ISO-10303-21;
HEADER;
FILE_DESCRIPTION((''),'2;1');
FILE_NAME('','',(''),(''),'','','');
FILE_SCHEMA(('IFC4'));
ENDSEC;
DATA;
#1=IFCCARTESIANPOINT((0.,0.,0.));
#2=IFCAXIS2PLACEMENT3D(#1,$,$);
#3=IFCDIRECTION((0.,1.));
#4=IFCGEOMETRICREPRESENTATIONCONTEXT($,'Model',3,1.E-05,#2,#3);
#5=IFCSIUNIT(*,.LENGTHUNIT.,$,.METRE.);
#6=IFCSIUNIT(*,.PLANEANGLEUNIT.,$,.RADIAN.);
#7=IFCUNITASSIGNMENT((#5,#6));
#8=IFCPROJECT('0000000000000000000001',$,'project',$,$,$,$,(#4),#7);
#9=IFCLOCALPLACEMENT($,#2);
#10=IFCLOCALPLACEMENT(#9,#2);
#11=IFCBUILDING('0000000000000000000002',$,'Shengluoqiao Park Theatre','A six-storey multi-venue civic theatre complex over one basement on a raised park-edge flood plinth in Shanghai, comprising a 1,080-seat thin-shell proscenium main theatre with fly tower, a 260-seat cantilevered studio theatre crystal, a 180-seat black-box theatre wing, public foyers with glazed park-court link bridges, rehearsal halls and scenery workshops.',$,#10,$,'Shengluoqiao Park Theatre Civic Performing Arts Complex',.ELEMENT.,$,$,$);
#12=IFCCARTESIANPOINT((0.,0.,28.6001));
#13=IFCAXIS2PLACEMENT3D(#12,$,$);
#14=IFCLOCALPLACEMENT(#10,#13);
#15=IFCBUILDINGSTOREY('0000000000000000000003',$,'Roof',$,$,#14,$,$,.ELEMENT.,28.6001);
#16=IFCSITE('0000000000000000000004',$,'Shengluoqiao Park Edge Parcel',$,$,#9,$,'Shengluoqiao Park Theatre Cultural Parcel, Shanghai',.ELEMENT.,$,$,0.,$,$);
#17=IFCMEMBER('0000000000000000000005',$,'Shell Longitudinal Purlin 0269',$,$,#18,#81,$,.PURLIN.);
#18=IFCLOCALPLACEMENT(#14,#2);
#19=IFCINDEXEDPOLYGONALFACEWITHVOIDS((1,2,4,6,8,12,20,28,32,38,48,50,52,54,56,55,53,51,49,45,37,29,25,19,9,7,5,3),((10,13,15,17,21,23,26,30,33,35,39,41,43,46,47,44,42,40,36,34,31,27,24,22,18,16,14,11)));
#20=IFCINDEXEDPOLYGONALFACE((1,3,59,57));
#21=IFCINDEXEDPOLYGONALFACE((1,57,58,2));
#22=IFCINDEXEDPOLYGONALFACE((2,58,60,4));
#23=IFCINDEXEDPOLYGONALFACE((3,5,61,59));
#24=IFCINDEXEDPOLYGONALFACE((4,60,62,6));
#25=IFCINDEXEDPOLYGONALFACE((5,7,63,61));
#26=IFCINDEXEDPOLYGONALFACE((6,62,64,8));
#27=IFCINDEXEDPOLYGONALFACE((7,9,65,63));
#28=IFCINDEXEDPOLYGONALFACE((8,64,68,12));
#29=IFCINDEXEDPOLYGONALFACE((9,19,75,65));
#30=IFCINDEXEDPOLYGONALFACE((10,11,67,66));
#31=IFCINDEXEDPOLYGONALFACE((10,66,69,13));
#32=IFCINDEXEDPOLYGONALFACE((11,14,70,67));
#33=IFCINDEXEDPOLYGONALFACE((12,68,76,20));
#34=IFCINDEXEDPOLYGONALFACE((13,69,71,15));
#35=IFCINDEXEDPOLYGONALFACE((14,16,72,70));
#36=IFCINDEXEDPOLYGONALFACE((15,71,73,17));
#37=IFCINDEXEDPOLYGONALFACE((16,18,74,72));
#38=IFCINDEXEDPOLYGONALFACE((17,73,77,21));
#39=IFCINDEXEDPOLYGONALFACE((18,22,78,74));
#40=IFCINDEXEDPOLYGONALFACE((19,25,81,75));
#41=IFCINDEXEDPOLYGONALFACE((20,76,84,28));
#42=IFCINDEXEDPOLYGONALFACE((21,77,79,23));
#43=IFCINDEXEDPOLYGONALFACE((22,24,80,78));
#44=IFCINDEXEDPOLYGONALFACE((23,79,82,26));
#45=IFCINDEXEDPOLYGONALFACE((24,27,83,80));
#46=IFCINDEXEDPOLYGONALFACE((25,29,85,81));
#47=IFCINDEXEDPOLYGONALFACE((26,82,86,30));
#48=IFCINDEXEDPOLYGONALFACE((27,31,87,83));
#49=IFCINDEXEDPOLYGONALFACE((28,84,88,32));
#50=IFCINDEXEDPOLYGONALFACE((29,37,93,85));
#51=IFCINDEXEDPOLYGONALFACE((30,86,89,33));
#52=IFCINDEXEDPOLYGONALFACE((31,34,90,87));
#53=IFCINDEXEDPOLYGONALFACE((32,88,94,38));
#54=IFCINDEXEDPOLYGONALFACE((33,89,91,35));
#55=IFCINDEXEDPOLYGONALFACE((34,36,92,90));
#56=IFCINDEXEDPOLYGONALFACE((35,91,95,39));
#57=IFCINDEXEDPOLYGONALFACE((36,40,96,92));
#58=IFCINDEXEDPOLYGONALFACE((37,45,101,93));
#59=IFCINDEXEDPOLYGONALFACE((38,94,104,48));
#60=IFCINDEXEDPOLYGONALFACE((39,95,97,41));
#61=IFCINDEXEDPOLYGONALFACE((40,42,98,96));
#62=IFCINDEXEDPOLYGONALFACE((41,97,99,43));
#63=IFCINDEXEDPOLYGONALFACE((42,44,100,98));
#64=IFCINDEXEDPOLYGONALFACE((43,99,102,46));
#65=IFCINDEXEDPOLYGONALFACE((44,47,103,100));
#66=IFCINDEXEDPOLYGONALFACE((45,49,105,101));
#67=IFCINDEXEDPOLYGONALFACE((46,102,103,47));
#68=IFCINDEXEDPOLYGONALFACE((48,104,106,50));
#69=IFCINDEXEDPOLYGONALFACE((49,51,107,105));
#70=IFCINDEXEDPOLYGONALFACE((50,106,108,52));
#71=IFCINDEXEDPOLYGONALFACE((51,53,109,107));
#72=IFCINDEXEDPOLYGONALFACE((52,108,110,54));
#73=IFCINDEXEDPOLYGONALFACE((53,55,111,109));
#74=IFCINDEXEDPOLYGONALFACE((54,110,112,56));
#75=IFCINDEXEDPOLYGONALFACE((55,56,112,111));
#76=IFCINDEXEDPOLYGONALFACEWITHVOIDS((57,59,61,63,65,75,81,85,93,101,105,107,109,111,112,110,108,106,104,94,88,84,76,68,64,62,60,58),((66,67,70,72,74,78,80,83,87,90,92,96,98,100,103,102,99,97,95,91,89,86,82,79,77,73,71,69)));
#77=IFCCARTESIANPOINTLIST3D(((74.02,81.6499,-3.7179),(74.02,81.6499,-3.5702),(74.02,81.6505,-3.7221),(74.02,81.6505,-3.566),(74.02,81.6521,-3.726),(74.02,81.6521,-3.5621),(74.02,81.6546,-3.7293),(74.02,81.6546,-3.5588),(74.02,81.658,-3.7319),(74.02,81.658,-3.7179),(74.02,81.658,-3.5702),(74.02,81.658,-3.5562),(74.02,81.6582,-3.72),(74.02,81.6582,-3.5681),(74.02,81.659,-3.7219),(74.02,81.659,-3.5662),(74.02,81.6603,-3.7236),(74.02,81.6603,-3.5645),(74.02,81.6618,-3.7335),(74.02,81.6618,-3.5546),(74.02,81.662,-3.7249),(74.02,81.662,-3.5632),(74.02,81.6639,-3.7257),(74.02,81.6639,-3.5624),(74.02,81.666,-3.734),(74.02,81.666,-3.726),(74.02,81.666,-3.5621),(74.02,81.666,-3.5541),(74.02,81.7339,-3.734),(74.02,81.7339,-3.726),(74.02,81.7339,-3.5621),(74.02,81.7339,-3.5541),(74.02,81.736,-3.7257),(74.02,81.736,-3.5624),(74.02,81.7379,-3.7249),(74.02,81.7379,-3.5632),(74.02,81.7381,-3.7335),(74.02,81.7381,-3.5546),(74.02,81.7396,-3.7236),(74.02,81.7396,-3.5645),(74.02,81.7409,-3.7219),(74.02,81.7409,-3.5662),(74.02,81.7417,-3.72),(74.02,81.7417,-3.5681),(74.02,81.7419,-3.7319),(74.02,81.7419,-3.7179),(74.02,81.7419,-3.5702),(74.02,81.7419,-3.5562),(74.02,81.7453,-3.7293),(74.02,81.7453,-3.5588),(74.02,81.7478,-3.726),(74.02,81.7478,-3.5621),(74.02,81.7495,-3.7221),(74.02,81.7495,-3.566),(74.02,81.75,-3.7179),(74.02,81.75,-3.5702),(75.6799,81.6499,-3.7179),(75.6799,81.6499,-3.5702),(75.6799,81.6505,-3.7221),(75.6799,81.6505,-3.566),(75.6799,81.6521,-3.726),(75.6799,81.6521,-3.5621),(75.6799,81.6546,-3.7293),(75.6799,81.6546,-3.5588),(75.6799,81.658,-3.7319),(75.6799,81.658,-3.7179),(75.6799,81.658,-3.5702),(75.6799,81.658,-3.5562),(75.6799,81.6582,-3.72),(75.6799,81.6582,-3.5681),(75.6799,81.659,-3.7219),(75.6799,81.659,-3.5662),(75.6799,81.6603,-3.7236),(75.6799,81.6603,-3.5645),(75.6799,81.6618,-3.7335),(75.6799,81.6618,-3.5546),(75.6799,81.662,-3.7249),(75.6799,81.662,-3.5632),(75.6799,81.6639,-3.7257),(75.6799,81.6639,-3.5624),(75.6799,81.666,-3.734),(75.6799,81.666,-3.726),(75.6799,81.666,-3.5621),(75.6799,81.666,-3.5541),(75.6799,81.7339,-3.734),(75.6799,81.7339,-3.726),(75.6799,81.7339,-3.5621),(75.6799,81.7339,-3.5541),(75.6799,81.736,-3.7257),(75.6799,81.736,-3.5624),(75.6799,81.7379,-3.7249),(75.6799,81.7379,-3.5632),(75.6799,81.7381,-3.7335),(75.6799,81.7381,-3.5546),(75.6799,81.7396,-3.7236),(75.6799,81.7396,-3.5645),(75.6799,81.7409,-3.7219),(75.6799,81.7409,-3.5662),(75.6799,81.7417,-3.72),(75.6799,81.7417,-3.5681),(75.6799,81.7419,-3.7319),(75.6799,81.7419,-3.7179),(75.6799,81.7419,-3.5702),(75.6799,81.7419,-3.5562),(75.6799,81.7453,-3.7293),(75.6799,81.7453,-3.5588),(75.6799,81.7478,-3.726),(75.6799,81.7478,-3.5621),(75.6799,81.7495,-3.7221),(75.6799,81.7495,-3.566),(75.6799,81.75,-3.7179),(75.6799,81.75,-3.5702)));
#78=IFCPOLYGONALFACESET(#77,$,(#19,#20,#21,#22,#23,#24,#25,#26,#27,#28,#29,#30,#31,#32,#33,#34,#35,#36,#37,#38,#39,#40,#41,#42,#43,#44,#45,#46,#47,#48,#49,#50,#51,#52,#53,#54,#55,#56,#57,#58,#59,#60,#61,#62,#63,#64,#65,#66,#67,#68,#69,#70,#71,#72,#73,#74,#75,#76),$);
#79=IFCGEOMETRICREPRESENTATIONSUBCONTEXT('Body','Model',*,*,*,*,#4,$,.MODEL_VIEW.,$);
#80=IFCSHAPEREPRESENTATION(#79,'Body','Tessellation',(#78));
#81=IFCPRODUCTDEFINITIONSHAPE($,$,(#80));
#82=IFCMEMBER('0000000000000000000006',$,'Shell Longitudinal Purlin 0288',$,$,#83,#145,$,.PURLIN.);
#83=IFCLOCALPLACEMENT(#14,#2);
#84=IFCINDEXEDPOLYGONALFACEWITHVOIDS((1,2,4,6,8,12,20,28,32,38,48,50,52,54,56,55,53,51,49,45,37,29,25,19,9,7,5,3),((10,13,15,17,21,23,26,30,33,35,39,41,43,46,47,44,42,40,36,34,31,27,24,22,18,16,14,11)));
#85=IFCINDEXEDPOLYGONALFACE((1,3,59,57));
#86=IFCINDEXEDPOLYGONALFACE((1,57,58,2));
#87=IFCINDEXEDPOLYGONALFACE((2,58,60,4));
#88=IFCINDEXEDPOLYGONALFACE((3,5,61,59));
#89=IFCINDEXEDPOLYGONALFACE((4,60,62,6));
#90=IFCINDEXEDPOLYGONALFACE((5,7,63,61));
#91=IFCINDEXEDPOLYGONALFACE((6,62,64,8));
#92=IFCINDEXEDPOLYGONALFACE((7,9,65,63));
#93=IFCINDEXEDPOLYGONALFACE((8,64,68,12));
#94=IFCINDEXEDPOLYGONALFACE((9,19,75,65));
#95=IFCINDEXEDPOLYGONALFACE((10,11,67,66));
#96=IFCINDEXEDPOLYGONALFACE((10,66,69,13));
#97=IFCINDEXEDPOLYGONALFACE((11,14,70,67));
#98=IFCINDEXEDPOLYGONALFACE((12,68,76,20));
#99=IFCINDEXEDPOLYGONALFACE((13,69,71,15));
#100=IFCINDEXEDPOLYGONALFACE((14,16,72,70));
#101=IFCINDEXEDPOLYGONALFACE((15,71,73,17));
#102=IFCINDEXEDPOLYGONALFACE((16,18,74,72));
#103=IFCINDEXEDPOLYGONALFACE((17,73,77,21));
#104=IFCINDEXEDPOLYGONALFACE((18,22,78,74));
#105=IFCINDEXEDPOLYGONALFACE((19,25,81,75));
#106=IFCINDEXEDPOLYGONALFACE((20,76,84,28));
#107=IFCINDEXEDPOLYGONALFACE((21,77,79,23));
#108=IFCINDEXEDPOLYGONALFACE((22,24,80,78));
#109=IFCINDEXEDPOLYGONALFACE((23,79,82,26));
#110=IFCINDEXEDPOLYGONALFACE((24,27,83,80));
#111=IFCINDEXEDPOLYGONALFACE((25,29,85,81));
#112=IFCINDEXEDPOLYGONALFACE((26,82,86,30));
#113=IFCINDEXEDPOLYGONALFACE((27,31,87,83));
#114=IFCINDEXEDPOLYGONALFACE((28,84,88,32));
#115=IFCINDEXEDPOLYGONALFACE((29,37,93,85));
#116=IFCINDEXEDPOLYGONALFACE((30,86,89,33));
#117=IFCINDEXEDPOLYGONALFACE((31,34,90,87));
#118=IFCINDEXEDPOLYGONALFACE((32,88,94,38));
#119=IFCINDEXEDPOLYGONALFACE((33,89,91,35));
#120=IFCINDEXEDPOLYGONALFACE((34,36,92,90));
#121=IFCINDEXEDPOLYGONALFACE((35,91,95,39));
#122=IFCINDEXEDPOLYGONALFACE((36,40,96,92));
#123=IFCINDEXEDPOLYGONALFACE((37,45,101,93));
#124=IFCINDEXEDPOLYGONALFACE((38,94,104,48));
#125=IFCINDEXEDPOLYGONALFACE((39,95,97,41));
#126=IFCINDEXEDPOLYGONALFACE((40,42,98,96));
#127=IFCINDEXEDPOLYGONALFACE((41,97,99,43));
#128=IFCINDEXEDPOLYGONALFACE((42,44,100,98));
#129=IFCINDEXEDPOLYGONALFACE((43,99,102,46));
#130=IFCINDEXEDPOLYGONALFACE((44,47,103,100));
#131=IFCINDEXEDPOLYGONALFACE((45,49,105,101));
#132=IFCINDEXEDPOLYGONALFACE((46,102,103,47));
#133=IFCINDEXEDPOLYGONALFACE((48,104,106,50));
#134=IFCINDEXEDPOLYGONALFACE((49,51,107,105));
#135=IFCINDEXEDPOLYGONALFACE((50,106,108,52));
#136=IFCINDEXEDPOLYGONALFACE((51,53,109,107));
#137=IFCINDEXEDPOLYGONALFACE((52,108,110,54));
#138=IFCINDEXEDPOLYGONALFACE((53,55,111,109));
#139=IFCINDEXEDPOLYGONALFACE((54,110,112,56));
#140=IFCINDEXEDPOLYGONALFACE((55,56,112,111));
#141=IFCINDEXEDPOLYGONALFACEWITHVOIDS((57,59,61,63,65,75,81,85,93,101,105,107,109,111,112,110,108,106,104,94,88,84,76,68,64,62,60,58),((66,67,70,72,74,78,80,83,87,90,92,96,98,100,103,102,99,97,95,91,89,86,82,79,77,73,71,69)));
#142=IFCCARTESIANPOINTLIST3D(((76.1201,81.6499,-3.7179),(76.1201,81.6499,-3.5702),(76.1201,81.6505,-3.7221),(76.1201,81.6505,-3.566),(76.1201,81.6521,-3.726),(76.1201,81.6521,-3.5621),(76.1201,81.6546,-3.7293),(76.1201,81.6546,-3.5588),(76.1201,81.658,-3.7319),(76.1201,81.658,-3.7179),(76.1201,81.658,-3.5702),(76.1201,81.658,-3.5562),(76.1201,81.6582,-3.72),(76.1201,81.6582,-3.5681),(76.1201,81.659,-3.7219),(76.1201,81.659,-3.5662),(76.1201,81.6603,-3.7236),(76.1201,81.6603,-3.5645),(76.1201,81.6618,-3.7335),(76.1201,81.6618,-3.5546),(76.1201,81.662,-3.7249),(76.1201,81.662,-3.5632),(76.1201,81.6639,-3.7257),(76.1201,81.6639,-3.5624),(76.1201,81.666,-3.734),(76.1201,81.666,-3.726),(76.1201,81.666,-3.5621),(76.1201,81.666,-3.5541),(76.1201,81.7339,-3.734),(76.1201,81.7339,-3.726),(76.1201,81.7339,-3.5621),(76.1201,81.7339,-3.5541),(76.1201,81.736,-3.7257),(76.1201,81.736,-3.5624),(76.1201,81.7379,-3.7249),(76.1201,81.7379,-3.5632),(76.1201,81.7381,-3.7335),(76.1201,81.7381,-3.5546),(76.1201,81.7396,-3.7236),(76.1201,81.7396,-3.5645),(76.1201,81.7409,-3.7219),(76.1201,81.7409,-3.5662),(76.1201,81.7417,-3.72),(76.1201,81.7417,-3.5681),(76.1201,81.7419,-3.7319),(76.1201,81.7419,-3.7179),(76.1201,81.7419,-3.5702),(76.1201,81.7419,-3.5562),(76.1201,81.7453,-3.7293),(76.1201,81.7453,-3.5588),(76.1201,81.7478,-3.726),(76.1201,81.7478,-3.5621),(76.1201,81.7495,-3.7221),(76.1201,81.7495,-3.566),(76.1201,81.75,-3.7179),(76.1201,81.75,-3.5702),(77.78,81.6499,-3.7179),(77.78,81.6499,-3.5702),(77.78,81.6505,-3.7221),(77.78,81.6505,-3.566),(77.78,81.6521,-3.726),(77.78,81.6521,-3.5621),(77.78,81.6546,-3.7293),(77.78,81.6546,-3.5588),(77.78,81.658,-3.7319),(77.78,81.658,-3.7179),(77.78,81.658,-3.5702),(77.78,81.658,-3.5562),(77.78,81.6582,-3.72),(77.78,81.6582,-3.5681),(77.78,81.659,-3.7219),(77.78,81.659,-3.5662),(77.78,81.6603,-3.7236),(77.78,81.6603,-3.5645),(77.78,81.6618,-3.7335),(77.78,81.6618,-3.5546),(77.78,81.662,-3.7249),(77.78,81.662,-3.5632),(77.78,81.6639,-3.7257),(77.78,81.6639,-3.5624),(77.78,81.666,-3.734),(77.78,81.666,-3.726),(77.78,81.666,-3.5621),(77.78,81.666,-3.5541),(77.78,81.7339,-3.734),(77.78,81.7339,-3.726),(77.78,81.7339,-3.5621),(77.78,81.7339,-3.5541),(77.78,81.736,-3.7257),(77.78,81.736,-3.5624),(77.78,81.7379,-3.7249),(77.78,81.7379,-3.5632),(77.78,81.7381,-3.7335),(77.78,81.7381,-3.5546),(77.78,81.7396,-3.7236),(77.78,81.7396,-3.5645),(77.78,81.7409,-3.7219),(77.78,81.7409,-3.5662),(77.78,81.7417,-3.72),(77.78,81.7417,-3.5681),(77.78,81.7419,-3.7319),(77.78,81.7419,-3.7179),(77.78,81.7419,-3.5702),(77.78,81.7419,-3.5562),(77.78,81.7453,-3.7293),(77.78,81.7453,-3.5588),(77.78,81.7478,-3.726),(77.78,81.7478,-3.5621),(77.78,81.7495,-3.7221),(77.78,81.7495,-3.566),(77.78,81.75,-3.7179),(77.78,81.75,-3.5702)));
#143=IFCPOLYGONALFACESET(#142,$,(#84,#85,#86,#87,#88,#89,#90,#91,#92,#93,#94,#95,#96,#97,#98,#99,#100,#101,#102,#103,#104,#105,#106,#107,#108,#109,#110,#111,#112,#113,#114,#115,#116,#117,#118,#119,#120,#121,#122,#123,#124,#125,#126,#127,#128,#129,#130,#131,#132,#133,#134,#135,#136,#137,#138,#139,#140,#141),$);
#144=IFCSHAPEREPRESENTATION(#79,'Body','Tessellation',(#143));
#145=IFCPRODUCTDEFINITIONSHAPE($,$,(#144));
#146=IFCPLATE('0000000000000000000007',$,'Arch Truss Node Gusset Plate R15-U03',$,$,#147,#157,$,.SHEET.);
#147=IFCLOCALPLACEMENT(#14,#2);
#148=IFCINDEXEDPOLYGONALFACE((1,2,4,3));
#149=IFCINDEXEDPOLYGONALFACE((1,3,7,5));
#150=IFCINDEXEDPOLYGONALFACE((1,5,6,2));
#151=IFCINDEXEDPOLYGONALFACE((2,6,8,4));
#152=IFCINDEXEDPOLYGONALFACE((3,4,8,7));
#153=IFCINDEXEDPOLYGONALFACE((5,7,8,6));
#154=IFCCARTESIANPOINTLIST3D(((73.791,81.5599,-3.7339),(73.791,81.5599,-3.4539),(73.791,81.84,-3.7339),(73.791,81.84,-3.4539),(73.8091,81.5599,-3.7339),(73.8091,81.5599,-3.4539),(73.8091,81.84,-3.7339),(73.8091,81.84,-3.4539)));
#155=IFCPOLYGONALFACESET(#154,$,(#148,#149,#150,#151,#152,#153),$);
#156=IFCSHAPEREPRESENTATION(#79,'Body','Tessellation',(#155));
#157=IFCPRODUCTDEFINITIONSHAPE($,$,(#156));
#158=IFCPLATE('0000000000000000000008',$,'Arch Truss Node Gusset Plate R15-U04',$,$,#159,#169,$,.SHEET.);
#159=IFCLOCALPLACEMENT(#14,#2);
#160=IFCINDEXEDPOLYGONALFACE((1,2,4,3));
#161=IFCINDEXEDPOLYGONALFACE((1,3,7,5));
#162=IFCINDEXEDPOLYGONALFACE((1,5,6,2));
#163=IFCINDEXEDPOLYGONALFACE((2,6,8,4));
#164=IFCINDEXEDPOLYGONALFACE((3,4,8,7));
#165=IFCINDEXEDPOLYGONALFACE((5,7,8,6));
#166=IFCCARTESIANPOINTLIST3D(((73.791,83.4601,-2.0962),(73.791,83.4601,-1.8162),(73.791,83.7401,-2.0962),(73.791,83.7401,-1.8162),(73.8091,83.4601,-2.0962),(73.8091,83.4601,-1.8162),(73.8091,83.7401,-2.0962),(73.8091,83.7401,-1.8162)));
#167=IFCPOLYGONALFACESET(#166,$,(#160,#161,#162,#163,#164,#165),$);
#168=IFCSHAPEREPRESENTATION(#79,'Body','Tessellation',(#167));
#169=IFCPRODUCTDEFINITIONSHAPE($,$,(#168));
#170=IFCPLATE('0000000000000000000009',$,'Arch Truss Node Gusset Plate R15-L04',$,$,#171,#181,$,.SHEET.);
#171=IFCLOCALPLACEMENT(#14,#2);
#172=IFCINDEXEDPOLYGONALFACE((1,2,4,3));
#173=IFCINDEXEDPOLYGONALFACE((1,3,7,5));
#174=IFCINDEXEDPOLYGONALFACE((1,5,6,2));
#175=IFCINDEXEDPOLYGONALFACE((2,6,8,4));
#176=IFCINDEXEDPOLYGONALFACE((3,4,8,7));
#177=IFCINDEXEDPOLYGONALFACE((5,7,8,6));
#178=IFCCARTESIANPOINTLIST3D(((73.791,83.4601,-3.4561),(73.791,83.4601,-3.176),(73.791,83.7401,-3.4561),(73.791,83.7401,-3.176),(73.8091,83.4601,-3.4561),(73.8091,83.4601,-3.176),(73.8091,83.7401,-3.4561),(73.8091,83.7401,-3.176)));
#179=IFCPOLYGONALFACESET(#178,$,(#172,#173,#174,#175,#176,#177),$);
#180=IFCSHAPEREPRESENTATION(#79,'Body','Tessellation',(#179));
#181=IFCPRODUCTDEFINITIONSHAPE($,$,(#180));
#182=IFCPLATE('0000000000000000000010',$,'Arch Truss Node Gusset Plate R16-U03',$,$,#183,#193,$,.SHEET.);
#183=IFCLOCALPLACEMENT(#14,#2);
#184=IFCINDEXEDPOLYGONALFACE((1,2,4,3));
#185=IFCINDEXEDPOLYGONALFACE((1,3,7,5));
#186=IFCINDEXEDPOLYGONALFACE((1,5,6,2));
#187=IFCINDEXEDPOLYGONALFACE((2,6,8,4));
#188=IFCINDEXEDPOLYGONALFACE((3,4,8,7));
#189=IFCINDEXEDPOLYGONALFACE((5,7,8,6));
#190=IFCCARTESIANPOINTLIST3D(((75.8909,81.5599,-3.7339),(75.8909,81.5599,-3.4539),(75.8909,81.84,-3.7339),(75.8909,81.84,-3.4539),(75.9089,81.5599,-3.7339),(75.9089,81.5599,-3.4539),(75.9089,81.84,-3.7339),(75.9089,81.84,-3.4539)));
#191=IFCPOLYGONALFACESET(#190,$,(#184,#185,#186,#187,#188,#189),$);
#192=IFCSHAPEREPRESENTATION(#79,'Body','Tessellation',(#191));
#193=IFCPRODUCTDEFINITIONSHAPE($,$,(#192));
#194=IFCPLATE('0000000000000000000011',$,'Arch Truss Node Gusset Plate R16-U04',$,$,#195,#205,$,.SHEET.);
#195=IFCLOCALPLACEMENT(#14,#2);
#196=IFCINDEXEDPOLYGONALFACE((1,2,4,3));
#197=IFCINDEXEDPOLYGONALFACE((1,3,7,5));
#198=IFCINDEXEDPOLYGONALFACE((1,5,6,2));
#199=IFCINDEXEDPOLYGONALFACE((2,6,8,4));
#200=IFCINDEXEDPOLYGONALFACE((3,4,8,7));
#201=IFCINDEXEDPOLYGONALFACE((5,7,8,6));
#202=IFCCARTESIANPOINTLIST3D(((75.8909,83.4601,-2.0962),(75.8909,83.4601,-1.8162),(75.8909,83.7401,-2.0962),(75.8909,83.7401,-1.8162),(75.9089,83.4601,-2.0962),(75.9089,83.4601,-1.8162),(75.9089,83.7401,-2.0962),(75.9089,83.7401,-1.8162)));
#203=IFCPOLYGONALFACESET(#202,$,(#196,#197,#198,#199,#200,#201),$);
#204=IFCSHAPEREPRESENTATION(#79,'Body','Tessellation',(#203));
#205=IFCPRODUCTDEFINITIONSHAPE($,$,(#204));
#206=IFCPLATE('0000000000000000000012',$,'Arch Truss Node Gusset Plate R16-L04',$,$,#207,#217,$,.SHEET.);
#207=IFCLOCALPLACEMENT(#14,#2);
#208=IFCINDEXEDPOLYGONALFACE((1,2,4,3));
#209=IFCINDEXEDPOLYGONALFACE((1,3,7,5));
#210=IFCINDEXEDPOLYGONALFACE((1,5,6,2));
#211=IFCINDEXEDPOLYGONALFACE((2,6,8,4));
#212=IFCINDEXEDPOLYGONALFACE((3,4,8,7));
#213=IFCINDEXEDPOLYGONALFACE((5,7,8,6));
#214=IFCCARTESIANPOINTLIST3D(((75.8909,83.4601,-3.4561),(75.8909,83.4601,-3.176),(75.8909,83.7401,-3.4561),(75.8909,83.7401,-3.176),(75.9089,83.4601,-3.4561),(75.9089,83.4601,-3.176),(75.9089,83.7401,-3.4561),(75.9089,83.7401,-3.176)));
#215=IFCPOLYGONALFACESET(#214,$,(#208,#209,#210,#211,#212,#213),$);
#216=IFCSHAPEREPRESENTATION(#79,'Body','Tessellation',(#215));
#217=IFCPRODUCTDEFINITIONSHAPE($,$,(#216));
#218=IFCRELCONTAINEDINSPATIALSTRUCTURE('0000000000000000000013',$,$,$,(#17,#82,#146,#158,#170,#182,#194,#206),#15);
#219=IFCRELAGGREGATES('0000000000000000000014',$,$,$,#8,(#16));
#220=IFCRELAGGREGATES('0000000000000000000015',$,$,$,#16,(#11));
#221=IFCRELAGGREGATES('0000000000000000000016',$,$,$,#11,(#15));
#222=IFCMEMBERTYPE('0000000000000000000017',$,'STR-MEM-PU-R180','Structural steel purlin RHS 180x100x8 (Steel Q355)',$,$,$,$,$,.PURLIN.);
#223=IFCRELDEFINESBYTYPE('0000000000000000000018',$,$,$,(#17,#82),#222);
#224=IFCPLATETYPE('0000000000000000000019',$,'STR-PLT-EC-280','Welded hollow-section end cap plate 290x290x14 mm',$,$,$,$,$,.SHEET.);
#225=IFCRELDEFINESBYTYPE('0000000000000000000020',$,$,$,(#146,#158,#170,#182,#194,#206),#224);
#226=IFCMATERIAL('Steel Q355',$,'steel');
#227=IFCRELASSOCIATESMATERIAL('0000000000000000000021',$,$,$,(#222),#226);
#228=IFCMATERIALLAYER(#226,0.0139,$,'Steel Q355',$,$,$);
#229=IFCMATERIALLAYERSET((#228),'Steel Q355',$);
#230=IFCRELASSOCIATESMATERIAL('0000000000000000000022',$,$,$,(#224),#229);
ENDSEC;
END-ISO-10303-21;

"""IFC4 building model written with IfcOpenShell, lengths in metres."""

from ifc_helpers import new_model, si_unit, direction, frame, origin, origin_2d, place, context, subcontext, project, spatial, rectangle, hollow_rectangle, extrude, material, layer, layer_set, material_profile, profile_set, type_object, element, save


model = new_model("IFC4")

# Units and contexts
model_context = context("Model", 3, precision=1e-05, world=origin(), true_north=direction((0.0, 1.0)))
body_context = subcontext(model_context, "Body", "Model", "MODEL_VIEW")
ifc_project = project(units=[si_unit("LENGTHUNIT", "METRE"), si_unit("PLANEANGLEUNIT", "RADIAN")], contexts=[model_context])

# Site, building, storey
site_placement = place(None, origin())
site = spatial("IfcSite", under=ifc_project, at=site_placement, Name="Shengluoqiao Park Edge Parcel", LongName="Shengluoqiao Park Theatre Cultural Parcel, Shanghai", CompositionType="ELEMENT", RefElevation=0.0)
building_placement = place(site_placement, origin())
building = spatial("IfcBuilding", under=site, at=building_placement, Name="Shengluoqiao Park Theatre", Description="A six-storey multi-venue civic theatre complex over one basement on a raised park-edge flood plinth in Shanghai, comprising a 1,080-seat thin-shell proscenium main theatre with fly tower, a 260-seat cantilevered studio theatre crystal, a 180-seat black-box theatre wing, public foyers with glazed park-court link bridges, rehearsal halls and scenery workshops.", LongName="Shengluoqiao Park Theatre Civic Performing Arts Complex", CompositionType="ELEMENT")
storey_placement = place(building_placement, frame((0.0, 0.0, 28.6001)))
storey = spatial("IfcBuildingStorey", under=building, at=storey_placement, Name="Roof", CompositionType="ELEMENT", Elevation=28.6001)

# Shared definitions
ifc_material_1 = material(Name="Steel Q355", Category="steel")

# Members
ifc_material_profile_1 = material_profile(ifc_material_1, hollow_rectangle(XDim=0.1001, YDim=0.1799, WallThickness=0.0081, InnerFilletRadius=0.0081, OuterFilletRadius=0.0161, at=origin_2d()), Name="RHS 180x100x8")
ifc_profile_set_1 = profile_set([ifc_material_profile_1], Name="Steel Q355")
member_type_1 = type_object("IfcMemberType", Name="STR-MEM-PU-R180", Description="Structural steel purlin RHS 180x100x8 (Steel Q355)", PredefinedType="PURLIN", material=ifc_profile_set_1)
for number, where, z_axis, x_axis, name in (
    (1, (74.02, 81.7, -3.644), (1.0, 0.0, 0.0), (0.0, 1.0, 0.0), "Shell Longitudinal Purlin 0269"),
    (2, (76.1201, 81.7, -3.644), (1.0, 0.0, 0.0), (0.0, 1.0, 0.0), "Shell Longitudinal Purlin 0288"),
):
    element("IfcMember", number, at=place(storey_placement, frame(where, z_axis=z_axis, x_axis=x_axis)), inside=storey, type_object=member_type_1, Name=name, PredefinedType="PURLIN", context=body_context, shape_type="SweptSolid", body=[
        extrude(hollow_rectangle(XDim=0.1001, YDim=0.1799, WallThickness=0.0081, InnerFilletRadius=0.0081, OuterFilletRadius=0.0161, at=origin_2d()), origin(), (0.0, 0.0, 1.0), 1.6599),
    ])

# Plates
ifc_layer_1 = layer(ifc_material_1, 0.0139, Name="Steel Q355")
ifc_layer_set_1 = layer_set([ifc_layer_1], Name="Steel Q355")
plate_type_1 = type_object("IfcPlateType", Name="STR-PLT-EC-280", Description="Welded hollow-section end cap plate 290x290x14 mm", PredefinedType="SHEET", material=ifc_layer_set_1)
for number, where, z_axis, x_axis, name in (
    (3, (73.8, 81.7, -3.7339), (0.0, 0.0, 1.0), (1.0, 0.0, 0.0), "Arch Truss Node Gusset Plate R15-U03"),
    (4, (73.8, 83.6001, -2.0962), (0.0, 0.0, 1.0), (1.0, 0.0, 0.0), "Arch Truss Node Gusset Plate R15-U04"),
    (5, (73.8, 83.6001, -3.4561), (0.0, 0.0, 1.0), (1.0, 0.0, 0.0), "Arch Truss Node Gusset Plate R15-L04"),
    (6, (75.8999, 81.7, -3.7339), (0.0, 0.0, 1.0), (1.0, 0.0, 0.0), "Arch Truss Node Gusset Plate R16-U03"),
    (7, (75.8999, 83.6001, -2.0962), (0.0, 0.0, 1.0), (1.0, 0.0, 0.0), "Arch Truss Node Gusset Plate R16-U04"),
    (8, (75.8999, 83.6001, -3.4561), (0.0, 0.0, 1.0), (1.0, 0.0, 0.0), "Arch Truss Node Gusset Plate R16-L04"),
):
    element("IfcPlate", number, at=place(storey_placement, frame(where, z_axis=z_axis, x_axis=x_axis)), inside=storey, type_object=plate_type_1, Name=name, PredefinedType="SHEET", context=body_context, shape_type="SweptSolid", body=[
        extrude(rectangle(XDim=0.0181, YDim=0.28, at=origin_2d()), origin(), (0.0, 0.0, 1.0), 0.28),
    ])

save(model, "model.ifc")
